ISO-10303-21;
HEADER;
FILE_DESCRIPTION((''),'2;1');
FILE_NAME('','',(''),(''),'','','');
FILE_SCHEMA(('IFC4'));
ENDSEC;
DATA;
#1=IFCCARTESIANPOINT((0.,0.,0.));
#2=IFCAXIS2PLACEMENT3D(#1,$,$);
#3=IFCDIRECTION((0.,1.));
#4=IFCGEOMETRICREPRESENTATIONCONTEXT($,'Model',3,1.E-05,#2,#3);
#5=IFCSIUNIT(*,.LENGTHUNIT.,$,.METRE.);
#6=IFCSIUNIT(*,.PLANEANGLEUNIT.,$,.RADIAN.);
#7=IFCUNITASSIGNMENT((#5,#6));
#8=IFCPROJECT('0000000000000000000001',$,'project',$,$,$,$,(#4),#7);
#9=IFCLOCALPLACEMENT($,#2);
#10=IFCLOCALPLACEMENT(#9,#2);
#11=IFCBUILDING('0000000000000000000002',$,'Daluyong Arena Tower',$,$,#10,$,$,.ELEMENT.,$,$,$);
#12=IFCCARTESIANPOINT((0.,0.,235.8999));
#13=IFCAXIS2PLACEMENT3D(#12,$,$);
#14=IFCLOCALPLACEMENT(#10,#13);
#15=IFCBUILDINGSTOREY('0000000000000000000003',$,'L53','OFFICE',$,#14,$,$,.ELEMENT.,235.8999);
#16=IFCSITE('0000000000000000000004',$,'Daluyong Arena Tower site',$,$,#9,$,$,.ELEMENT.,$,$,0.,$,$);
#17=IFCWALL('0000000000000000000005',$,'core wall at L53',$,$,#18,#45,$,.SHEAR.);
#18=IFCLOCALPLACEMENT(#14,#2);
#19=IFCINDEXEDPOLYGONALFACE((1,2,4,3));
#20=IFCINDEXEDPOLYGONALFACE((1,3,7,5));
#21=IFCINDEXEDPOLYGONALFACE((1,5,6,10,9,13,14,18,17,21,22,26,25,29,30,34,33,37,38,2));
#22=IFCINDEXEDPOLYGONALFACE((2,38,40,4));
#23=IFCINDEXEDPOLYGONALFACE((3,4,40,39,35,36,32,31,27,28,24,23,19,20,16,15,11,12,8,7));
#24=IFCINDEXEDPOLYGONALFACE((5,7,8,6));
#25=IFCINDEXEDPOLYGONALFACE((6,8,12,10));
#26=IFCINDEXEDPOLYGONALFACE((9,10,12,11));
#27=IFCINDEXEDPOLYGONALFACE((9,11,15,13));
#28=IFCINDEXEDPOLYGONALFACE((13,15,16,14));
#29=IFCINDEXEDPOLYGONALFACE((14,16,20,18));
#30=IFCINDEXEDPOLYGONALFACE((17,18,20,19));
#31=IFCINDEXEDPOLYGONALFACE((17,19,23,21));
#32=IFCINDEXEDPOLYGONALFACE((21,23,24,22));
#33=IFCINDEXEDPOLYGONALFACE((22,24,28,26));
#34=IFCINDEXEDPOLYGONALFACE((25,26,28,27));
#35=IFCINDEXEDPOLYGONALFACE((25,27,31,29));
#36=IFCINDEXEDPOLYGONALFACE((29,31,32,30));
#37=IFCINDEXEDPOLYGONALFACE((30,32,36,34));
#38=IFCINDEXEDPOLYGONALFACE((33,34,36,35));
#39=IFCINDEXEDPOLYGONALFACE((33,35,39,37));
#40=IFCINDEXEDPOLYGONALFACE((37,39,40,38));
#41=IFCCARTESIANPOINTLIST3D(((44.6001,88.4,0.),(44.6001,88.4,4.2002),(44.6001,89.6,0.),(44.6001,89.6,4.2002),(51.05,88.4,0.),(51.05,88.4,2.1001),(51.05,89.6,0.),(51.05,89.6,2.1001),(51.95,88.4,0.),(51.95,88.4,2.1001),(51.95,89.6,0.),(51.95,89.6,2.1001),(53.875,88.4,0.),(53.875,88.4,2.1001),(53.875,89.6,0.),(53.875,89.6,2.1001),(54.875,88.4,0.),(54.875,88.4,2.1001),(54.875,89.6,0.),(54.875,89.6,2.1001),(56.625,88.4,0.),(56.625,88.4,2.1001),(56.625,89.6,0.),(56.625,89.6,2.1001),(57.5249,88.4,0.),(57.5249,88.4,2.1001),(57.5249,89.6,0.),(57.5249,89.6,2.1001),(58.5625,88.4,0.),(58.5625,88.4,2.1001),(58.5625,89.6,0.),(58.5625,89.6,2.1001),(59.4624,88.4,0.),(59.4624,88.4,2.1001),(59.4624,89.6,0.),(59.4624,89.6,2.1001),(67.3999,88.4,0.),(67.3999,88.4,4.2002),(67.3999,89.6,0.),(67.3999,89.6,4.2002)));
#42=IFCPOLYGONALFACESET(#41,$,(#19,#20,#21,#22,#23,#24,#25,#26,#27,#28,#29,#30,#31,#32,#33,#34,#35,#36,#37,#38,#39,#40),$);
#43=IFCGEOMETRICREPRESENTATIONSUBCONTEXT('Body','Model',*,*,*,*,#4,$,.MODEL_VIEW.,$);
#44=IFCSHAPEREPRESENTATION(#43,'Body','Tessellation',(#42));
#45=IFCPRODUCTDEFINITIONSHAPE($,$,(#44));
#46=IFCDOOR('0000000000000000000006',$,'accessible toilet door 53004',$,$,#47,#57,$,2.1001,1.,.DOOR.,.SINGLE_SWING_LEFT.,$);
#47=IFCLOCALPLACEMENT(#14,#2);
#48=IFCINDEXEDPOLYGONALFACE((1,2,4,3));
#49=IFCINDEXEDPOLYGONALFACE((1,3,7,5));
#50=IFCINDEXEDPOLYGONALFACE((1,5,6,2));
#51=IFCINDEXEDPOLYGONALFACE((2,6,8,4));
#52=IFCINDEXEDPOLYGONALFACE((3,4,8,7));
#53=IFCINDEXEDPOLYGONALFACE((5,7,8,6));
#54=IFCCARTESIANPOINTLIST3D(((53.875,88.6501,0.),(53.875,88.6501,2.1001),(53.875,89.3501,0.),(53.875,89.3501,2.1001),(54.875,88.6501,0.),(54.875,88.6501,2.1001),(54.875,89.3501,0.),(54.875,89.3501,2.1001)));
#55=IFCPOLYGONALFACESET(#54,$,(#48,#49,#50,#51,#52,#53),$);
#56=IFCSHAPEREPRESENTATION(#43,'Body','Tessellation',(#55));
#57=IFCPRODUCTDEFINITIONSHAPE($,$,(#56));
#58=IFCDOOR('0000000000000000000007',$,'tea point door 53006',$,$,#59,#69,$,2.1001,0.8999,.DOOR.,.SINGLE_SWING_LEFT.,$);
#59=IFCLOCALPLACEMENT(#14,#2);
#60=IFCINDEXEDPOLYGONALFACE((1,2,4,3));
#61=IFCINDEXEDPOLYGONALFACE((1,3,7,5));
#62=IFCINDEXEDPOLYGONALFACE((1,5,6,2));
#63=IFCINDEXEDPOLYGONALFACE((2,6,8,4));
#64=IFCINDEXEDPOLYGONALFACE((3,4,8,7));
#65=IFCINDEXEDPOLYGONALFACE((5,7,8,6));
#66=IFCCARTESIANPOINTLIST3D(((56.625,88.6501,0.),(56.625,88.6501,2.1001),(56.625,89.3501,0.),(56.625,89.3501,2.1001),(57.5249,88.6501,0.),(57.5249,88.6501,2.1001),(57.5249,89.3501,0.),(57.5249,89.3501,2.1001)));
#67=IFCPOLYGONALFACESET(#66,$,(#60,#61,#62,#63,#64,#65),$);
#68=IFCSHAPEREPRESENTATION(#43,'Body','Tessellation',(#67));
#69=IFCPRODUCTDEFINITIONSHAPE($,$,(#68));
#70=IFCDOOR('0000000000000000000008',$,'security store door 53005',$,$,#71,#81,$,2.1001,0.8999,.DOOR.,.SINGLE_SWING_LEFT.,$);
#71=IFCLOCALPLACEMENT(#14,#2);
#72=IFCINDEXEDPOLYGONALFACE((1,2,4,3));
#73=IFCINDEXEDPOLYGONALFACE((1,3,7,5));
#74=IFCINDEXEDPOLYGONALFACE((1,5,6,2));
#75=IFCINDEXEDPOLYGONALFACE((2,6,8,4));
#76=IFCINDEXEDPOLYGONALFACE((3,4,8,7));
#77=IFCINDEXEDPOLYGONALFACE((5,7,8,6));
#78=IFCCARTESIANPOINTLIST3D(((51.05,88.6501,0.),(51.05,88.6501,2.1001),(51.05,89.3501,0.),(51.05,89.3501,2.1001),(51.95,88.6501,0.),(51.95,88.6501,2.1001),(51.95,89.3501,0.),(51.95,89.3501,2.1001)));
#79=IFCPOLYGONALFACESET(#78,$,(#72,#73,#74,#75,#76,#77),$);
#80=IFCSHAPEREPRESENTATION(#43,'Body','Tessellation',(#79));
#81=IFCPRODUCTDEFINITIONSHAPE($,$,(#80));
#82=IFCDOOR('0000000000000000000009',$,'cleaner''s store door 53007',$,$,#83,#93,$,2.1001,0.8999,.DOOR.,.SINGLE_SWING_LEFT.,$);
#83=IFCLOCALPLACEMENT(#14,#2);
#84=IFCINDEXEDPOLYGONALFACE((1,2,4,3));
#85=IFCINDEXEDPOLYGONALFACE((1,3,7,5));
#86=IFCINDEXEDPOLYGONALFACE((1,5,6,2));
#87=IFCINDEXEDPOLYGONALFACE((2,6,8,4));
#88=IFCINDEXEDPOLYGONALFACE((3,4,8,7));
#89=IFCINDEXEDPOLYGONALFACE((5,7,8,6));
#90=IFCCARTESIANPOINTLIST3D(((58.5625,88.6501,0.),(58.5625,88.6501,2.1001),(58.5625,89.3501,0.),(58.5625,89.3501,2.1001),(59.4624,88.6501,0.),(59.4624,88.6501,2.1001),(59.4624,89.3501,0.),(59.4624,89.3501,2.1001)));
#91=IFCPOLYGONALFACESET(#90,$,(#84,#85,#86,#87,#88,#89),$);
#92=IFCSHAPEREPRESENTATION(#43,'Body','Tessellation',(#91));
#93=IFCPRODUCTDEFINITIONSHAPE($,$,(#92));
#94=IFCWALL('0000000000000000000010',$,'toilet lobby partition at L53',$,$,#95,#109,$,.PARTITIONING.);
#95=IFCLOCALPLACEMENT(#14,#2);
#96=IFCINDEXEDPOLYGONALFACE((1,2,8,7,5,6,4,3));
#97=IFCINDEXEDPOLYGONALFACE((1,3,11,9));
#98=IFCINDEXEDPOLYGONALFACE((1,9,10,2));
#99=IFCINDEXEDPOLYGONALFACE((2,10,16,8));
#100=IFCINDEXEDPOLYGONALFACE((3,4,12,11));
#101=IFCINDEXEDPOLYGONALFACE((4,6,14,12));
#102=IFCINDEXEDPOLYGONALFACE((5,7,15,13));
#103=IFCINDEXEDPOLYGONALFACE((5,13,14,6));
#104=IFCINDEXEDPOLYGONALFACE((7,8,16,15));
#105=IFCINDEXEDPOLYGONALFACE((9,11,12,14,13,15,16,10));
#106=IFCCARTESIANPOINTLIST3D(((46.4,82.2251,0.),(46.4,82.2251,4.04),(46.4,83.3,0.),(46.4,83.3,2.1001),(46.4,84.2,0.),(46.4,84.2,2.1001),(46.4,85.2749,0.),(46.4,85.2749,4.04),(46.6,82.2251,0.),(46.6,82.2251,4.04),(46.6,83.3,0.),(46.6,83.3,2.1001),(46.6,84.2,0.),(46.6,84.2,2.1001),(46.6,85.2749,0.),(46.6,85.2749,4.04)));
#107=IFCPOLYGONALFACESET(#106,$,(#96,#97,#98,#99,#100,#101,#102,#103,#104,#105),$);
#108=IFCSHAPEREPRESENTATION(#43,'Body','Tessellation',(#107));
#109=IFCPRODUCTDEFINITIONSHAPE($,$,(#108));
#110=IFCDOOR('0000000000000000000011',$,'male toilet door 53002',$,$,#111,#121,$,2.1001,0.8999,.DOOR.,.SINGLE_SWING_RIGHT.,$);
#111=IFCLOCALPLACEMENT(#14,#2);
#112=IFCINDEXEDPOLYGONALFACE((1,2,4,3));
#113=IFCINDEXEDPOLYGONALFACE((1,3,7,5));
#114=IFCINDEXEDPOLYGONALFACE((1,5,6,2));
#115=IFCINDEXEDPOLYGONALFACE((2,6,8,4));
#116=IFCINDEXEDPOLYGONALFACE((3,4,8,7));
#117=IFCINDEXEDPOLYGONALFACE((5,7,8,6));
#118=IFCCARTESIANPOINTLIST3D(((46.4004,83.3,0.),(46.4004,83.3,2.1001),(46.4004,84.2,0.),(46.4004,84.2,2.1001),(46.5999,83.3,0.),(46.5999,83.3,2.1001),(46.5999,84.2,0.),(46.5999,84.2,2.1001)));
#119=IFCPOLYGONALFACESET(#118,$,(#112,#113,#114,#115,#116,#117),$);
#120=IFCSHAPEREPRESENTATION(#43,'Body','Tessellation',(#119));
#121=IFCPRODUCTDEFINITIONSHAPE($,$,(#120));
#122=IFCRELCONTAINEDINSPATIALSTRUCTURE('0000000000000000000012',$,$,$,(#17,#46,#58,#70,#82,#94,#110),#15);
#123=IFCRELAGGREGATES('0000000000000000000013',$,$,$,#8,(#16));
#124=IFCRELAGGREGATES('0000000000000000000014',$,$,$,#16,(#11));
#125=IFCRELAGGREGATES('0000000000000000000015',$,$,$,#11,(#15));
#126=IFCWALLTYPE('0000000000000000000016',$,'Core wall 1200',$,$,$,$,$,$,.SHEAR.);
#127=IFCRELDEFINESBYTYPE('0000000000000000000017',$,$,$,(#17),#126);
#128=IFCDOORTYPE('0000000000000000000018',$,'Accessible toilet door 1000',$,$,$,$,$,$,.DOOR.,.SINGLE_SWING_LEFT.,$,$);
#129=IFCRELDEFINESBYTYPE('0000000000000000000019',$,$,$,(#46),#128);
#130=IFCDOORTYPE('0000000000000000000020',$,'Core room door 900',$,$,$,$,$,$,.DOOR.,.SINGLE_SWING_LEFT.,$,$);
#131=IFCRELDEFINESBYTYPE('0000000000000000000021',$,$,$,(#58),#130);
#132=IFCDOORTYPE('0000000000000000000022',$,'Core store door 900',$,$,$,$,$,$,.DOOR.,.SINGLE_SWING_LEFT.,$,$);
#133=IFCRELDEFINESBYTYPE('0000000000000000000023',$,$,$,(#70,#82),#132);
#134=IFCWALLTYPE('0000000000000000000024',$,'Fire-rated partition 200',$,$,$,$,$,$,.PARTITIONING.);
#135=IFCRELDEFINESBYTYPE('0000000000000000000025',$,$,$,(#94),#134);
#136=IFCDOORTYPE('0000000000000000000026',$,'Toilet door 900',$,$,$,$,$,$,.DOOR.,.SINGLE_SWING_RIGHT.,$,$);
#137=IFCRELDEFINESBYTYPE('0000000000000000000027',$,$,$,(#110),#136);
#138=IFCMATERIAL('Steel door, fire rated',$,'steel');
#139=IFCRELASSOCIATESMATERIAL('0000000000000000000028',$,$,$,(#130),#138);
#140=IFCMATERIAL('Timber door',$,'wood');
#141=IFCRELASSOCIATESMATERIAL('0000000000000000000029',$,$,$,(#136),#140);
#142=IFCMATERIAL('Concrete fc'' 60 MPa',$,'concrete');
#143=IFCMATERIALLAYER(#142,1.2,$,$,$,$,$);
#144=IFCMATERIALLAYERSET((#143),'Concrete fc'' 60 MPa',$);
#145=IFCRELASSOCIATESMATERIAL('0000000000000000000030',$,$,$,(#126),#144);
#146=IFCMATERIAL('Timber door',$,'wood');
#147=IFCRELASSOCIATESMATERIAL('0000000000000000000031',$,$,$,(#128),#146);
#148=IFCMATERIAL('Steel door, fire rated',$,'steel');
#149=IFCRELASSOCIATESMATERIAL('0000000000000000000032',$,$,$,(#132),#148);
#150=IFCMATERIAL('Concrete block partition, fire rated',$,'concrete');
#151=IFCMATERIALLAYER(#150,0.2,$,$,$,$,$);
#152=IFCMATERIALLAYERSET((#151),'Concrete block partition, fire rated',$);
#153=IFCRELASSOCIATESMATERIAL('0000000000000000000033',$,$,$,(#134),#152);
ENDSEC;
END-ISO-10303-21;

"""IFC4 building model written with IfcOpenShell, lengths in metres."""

from ifc_helpers import new_model, si_unit, direction, frame, frame_2d, origin, place, context, subcontext, project, spatial, rectangle, extrude, material, layer, layer_set, type_object, element, fill, save


model = new_model("IFC4")

# Units and contexts
model_context = context("Model", 3, precision=1e-05, world=origin(), true_north=direction((0.0, 1.0)))
body_context = subcontext(model_context, "Body", "Model", "MODEL_VIEW")
ifc_project = project(units=[si_unit("LENGTHUNIT", "METRE"), si_unit("PLANEANGLEUNIT", "RADIAN")], contexts=[model_context])

# Site, building, storey
site_placement = place(None, origin())
site = spatial("IfcSite", under=ifc_project, at=site_placement, Name="Daluyong Arena Tower site", CompositionType="ELEMENT", RefElevation=0.0)
building_placement = place(site_placement, origin())
building = spatial("IfcBuilding", under=site, at=building_placement, Name="Daluyong Arena Tower", CompositionType="ELEMENT")
storey_placement = place(building_placement, frame((0.0, 0.0, 235.8999)))
storey = spatial("IfcBuildingStorey", under=building, at=storey_placement, Name="L53", Description="OFFICE", CompositionType="ELEMENT", Elevation=235.8999)

# Shared definitions
ifc_material_1 = material(Name="Steel door, fire rated", Category="steel")
door_type_1 = type_object("IfcDoorType", Name="Core room door 900", OperationType="SINGLE_SWING_LEFT", PredefinedType="DOOR", material=ifc_material_1)
ifc_material_2 = material(Name="Timber door", Category="wood")
door_type_2 = type_object("IfcDoorType", Name="Toilet door 900", OperationType="SINGLE_SWING_RIGHT", PredefinedType="DOOR", material=ifc_material_2)

# Wall, openings, doors
ifc_material_3 = material(Name="Concrete fc' 60 MPa", Category="concrete")
ifc_layer_1 = layer(ifc_material_3, 1.2)
ifc_layer_set_1 = layer_set([ifc_layer_1], Name="Concrete fc' 60 MPa")
wall_type_1 = type_object("IfcWallType", Name="Core wall 1200", PredefinedType="SHEAR", material=ifc_layer_set_1)
wall_1_placement = place(storey_placement, frame((44.6001, 89.0, 0.0), z_axis=(0.0, 0.0, 1.0), x_axis=(1.0, 0.0, 0.0)))
wall_1 = element("IfcWall", 1, at=wall_1_placement, inside=storey, type_object=wall_type_1, Name="core wall at L53", PredefinedType="SHEAR", context=body_context, shape_type="SweptSolid", body=[
    extrude(rectangle(XDim=22.7998, YDim=1.2, at=frame_2d((11.3999, 0.0))), origin(), (0.0, 0.0, 1.0), 4.2002),
])
opening_1_placement = place(wall_1_placement, frame((9.2749, 0.0, 0.0)))
opening_1 = element("IfcOpeningElement", 2, at=opening_1_placement, cuts=wall_1, PredefinedType="OPENING", context=body_context, shape_type="SweptSolid", body=[
    extrude(rectangle(XDim=1.0, YDim=2.1001, at=frame_2d((0.5, 1.05))), frame((0.0, 0.6099, 0.0), z_axis=(0.0, -1.0, 0.0), x_axis=(1.0, 0.0, 0.0)), (0.0, 0.0, 1.0), 1.22),
])
opening_2_placement = place(wall_1_placement, frame((6.45, 0.0, 0.0)))
opening_2 = element("IfcOpeningElement", 3, at=opening_2_placement, cuts=wall_1, PredefinedType="OPENING", context=body_context, shape_type="SweptSolid", body=[
    extrude(rectangle(XDim=0.8999, YDim=2.1001, at=frame_2d((0.45, 1.05))), frame((0.0, 0.6099, 0.0), z_axis=(0.0, -1.0, 0.0), x_axis=(1.0, 0.0, 0.0)), (0.0, 0.0, 1.0), 1.22),
])
opening_3_placement = place(wall_1_placement, frame((12.0249, 0.0, 0.0)))
opening_3 = element("IfcOpeningElement", 4, at=opening_3_placement, cuts=wall_1, PredefinedType="OPENING", context=body_context, shape_type="SweptSolid", body=[
    extrude(rectangle(XDim=0.8999, YDim=2.1001, at=frame_2d((0.45, 1.05))), frame((0.0, 0.6099, 0.0), z_axis=(0.0, -1.0, 0.0), x_axis=(1.0, 0.0, 0.0)), (0.0, 0.0, 1.0), 1.22),
])
opening_4_placement = place(wall_1_placement, frame((13.9624, 0.0, 0.0)))
opening_4 = element("IfcOpeningElement", 5, at=opening_4_placement, cuts=wall_1, PredefinedType="OPENING", context=body_context, shape_type="SweptSolid", body=[
    extrude(rectangle(XDim=0.8999, YDim=2.1001, at=frame_2d((0.45, 1.05))), frame((0.0, 0.6099, 0.0), z_axis=(0.0, -1.0, 0.0), x_axis=(1.0, 0.0, 0.0)), (0.0, 0.0, 1.0), 1.22),
])
ifc_material_4 = material(Name="Timber door", Category="wood")
door_type_3 = type_object("IfcDoorType", Name="Accessible toilet door 1000", OperationType="SINGLE_SWING_LEFT", PredefinedType="DOOR", material=ifc_material_4)
door_1_placement = place(opening_1_placement, origin())
door_1 = element("IfcDoor", 6, at=door_1_placement, inside=storey, type_object=door_type_3, Name="accessible toilet door 53004", OperationType="SINGLE_SWING_LEFT", OverallHeight=2.1001, OverallWidth=1.0, PredefinedType="DOOR", context=body_context, shape_type="SweptSolid", body=[
    extrude(rectangle(XDim=1.0, YDim=2.1001, at=frame_2d((0.5, 1.05))), frame((0.0, 0.3501, 0.0), z_axis=(0.0, -1.0, 0.0), x_axis=(1.0, 0.0, 0.0)), (0.0, 0.0, 1.0), 0.7),
])
fill(opening_1, door_1)
door_2_placement = place(opening_3_placement, origin())
door_2 = element("IfcDoor", 7, at=door_2_placement, inside=storey, type_object=door_type_1, Name="tea point door 53006", OperationType="SINGLE_SWING_LEFT", OverallHeight=2.1001, OverallWidth=0.8999, PredefinedType="DOOR", context=body_context, shape_type="SweptSolid", body=[
    extrude(rectangle(XDim=0.8999, YDim=2.1001, at=frame_2d((0.45, 1.05))), frame((0.0, 0.3501, 0.0), z_axis=(0.0, -1.0, 0.0), x_axis=(1.0, 0.0, 0.0)), (0.0, 0.0, 1.0), 0.7),
])
fill(opening_3, door_2)
ifc_material_5 = material(Name="Steel door, fire rated", Category="steel")
door_type_4 = type_object("IfcDoorType", Name="Core store door 900", OperationType="SINGLE_SWING_LEFT", PredefinedType="DOOR", material=ifc_material_5)
door_3_placement = place(opening_2_placement, origin())
door_3 = element("IfcDoor", 8, at=door_3_placement, inside=storey, type_object=door_type_4, Name="security store door 53005", OperationType="SINGLE_SWING_LEFT", OverallHeight=2.1001, OverallWidth=0.8999, PredefinedType="DOOR", context=body_context, shape_type="SweptSolid", body=[
    extrude(rectangle(XDim=0.8999, YDim=2.1001, at=frame_2d((0.45, 1.05))), frame((0.0, 0.3501, 0.0), z_axis=(0.0, -1.0, 0.0), x_axis=(1.0, 0.0, 0.0)), (0.0, 0.0, 1.0), 0.7),
])
fill(opening_2, door_3)
door_4_placement = place(opening_4_placement, origin())
door_4 = element("IfcDoor", 9, at=door_4_placement, inside=storey, type_object=door_type_4, Name="cleaner's store door 53007", OperationType="SINGLE_SWING_LEFT", OverallHeight=2.1001, OverallWidth=0.8999, PredefinedType="DOOR", context=body_context, shape_type="SweptSolid", body=[
    extrude(rectangle(XDim=0.8999, YDim=2.1001, at=frame_2d((0.45, 1.05))), frame((0.0, 0.3501, 0.0), z_axis=(0.0, -1.0, 0.0), x_axis=(1.0, 0.0, 0.0)), (0.0, 0.0, 1.0), 0.7),
])
fill(opening_4, door_4)

# Wall, opening, door
ifc_material_6 = material(Name="Concrete block partition, fire rated", Category="concrete")
ifc_layer_2 = layer(ifc_material_6, 0.2)
ifc_layer_set_2 = layer_set([ifc_layer_2], Name="Concrete block partition, fire rated")
wall_type_2 = type_object("IfcWallType", Name="Fire-rated partition 200", PredefinedType="PARTITIONING", material=ifc_layer_set_2)
wall_2_placement = place(storey_placement, frame((46.5, 82.2251, 0.0), z_axis=(0.0, 0.0, 1.0), x_axis=(0.0, 1.0, 0.0)))
wall_2 = element("IfcWall", 10, at=wall_2_placement, inside=storey, type_object=wall_type_2, Name="toilet lobby partition at L53", PredefinedType="PARTITIONING", context=body_context, shape_type="SweptSolid", body=[
    extrude(rectangle(XDim=3.0498, YDim=0.2, at=frame_2d((1.5249, 0.0))), origin(), (0.0, 0.0, 1.0), 4.04),
])
opening_5_placement = place(wall_2_placement, frame((1.075, 0.0, 0.0)))
opening_5 = element("IfcOpeningElement", 11, at=opening_5_placement, cuts=wall_2, PredefinedType="OPENING", context=body_context, shape_type="SweptSolid", body=[
    extrude(rectangle(XDim=0.8999, YDim=2.1001, at=frame_2d((0.45, 1.05))), frame((0.0, 0.1099, 0.0), z_axis=(0.0, -1.0, 0.0), x_axis=(1.0, 0.0, 0.0)), (0.0, 0.0, 1.0), 0.22),
])
door_5_placement = place(opening_5_placement, origin())
door_5 = element("IfcDoor", 12, at=door_5_placement, inside=storey, type_object=door_type_2, Name="male toilet door 53002", OperationType="SINGLE_SWING_RIGHT", OverallHeight=2.1001, OverallWidth=0.8999, PredefinedType="DOOR", context=body_context, shape_type="SweptSolid", body=[
    extrude(rectangle(XDim=0.8999, YDim=2.1001, at=frame_2d((0.45, 1.05))), frame((0.0, 0.0996, 0.0), z_axis=(0.0, -1.0, 0.0), x_axis=(1.0, 0.0, 0.0)), (0.0, 0.0, 1.0), 0.1995),
])
fill(opening_5, door_5)

save(model, "model.ifc")
